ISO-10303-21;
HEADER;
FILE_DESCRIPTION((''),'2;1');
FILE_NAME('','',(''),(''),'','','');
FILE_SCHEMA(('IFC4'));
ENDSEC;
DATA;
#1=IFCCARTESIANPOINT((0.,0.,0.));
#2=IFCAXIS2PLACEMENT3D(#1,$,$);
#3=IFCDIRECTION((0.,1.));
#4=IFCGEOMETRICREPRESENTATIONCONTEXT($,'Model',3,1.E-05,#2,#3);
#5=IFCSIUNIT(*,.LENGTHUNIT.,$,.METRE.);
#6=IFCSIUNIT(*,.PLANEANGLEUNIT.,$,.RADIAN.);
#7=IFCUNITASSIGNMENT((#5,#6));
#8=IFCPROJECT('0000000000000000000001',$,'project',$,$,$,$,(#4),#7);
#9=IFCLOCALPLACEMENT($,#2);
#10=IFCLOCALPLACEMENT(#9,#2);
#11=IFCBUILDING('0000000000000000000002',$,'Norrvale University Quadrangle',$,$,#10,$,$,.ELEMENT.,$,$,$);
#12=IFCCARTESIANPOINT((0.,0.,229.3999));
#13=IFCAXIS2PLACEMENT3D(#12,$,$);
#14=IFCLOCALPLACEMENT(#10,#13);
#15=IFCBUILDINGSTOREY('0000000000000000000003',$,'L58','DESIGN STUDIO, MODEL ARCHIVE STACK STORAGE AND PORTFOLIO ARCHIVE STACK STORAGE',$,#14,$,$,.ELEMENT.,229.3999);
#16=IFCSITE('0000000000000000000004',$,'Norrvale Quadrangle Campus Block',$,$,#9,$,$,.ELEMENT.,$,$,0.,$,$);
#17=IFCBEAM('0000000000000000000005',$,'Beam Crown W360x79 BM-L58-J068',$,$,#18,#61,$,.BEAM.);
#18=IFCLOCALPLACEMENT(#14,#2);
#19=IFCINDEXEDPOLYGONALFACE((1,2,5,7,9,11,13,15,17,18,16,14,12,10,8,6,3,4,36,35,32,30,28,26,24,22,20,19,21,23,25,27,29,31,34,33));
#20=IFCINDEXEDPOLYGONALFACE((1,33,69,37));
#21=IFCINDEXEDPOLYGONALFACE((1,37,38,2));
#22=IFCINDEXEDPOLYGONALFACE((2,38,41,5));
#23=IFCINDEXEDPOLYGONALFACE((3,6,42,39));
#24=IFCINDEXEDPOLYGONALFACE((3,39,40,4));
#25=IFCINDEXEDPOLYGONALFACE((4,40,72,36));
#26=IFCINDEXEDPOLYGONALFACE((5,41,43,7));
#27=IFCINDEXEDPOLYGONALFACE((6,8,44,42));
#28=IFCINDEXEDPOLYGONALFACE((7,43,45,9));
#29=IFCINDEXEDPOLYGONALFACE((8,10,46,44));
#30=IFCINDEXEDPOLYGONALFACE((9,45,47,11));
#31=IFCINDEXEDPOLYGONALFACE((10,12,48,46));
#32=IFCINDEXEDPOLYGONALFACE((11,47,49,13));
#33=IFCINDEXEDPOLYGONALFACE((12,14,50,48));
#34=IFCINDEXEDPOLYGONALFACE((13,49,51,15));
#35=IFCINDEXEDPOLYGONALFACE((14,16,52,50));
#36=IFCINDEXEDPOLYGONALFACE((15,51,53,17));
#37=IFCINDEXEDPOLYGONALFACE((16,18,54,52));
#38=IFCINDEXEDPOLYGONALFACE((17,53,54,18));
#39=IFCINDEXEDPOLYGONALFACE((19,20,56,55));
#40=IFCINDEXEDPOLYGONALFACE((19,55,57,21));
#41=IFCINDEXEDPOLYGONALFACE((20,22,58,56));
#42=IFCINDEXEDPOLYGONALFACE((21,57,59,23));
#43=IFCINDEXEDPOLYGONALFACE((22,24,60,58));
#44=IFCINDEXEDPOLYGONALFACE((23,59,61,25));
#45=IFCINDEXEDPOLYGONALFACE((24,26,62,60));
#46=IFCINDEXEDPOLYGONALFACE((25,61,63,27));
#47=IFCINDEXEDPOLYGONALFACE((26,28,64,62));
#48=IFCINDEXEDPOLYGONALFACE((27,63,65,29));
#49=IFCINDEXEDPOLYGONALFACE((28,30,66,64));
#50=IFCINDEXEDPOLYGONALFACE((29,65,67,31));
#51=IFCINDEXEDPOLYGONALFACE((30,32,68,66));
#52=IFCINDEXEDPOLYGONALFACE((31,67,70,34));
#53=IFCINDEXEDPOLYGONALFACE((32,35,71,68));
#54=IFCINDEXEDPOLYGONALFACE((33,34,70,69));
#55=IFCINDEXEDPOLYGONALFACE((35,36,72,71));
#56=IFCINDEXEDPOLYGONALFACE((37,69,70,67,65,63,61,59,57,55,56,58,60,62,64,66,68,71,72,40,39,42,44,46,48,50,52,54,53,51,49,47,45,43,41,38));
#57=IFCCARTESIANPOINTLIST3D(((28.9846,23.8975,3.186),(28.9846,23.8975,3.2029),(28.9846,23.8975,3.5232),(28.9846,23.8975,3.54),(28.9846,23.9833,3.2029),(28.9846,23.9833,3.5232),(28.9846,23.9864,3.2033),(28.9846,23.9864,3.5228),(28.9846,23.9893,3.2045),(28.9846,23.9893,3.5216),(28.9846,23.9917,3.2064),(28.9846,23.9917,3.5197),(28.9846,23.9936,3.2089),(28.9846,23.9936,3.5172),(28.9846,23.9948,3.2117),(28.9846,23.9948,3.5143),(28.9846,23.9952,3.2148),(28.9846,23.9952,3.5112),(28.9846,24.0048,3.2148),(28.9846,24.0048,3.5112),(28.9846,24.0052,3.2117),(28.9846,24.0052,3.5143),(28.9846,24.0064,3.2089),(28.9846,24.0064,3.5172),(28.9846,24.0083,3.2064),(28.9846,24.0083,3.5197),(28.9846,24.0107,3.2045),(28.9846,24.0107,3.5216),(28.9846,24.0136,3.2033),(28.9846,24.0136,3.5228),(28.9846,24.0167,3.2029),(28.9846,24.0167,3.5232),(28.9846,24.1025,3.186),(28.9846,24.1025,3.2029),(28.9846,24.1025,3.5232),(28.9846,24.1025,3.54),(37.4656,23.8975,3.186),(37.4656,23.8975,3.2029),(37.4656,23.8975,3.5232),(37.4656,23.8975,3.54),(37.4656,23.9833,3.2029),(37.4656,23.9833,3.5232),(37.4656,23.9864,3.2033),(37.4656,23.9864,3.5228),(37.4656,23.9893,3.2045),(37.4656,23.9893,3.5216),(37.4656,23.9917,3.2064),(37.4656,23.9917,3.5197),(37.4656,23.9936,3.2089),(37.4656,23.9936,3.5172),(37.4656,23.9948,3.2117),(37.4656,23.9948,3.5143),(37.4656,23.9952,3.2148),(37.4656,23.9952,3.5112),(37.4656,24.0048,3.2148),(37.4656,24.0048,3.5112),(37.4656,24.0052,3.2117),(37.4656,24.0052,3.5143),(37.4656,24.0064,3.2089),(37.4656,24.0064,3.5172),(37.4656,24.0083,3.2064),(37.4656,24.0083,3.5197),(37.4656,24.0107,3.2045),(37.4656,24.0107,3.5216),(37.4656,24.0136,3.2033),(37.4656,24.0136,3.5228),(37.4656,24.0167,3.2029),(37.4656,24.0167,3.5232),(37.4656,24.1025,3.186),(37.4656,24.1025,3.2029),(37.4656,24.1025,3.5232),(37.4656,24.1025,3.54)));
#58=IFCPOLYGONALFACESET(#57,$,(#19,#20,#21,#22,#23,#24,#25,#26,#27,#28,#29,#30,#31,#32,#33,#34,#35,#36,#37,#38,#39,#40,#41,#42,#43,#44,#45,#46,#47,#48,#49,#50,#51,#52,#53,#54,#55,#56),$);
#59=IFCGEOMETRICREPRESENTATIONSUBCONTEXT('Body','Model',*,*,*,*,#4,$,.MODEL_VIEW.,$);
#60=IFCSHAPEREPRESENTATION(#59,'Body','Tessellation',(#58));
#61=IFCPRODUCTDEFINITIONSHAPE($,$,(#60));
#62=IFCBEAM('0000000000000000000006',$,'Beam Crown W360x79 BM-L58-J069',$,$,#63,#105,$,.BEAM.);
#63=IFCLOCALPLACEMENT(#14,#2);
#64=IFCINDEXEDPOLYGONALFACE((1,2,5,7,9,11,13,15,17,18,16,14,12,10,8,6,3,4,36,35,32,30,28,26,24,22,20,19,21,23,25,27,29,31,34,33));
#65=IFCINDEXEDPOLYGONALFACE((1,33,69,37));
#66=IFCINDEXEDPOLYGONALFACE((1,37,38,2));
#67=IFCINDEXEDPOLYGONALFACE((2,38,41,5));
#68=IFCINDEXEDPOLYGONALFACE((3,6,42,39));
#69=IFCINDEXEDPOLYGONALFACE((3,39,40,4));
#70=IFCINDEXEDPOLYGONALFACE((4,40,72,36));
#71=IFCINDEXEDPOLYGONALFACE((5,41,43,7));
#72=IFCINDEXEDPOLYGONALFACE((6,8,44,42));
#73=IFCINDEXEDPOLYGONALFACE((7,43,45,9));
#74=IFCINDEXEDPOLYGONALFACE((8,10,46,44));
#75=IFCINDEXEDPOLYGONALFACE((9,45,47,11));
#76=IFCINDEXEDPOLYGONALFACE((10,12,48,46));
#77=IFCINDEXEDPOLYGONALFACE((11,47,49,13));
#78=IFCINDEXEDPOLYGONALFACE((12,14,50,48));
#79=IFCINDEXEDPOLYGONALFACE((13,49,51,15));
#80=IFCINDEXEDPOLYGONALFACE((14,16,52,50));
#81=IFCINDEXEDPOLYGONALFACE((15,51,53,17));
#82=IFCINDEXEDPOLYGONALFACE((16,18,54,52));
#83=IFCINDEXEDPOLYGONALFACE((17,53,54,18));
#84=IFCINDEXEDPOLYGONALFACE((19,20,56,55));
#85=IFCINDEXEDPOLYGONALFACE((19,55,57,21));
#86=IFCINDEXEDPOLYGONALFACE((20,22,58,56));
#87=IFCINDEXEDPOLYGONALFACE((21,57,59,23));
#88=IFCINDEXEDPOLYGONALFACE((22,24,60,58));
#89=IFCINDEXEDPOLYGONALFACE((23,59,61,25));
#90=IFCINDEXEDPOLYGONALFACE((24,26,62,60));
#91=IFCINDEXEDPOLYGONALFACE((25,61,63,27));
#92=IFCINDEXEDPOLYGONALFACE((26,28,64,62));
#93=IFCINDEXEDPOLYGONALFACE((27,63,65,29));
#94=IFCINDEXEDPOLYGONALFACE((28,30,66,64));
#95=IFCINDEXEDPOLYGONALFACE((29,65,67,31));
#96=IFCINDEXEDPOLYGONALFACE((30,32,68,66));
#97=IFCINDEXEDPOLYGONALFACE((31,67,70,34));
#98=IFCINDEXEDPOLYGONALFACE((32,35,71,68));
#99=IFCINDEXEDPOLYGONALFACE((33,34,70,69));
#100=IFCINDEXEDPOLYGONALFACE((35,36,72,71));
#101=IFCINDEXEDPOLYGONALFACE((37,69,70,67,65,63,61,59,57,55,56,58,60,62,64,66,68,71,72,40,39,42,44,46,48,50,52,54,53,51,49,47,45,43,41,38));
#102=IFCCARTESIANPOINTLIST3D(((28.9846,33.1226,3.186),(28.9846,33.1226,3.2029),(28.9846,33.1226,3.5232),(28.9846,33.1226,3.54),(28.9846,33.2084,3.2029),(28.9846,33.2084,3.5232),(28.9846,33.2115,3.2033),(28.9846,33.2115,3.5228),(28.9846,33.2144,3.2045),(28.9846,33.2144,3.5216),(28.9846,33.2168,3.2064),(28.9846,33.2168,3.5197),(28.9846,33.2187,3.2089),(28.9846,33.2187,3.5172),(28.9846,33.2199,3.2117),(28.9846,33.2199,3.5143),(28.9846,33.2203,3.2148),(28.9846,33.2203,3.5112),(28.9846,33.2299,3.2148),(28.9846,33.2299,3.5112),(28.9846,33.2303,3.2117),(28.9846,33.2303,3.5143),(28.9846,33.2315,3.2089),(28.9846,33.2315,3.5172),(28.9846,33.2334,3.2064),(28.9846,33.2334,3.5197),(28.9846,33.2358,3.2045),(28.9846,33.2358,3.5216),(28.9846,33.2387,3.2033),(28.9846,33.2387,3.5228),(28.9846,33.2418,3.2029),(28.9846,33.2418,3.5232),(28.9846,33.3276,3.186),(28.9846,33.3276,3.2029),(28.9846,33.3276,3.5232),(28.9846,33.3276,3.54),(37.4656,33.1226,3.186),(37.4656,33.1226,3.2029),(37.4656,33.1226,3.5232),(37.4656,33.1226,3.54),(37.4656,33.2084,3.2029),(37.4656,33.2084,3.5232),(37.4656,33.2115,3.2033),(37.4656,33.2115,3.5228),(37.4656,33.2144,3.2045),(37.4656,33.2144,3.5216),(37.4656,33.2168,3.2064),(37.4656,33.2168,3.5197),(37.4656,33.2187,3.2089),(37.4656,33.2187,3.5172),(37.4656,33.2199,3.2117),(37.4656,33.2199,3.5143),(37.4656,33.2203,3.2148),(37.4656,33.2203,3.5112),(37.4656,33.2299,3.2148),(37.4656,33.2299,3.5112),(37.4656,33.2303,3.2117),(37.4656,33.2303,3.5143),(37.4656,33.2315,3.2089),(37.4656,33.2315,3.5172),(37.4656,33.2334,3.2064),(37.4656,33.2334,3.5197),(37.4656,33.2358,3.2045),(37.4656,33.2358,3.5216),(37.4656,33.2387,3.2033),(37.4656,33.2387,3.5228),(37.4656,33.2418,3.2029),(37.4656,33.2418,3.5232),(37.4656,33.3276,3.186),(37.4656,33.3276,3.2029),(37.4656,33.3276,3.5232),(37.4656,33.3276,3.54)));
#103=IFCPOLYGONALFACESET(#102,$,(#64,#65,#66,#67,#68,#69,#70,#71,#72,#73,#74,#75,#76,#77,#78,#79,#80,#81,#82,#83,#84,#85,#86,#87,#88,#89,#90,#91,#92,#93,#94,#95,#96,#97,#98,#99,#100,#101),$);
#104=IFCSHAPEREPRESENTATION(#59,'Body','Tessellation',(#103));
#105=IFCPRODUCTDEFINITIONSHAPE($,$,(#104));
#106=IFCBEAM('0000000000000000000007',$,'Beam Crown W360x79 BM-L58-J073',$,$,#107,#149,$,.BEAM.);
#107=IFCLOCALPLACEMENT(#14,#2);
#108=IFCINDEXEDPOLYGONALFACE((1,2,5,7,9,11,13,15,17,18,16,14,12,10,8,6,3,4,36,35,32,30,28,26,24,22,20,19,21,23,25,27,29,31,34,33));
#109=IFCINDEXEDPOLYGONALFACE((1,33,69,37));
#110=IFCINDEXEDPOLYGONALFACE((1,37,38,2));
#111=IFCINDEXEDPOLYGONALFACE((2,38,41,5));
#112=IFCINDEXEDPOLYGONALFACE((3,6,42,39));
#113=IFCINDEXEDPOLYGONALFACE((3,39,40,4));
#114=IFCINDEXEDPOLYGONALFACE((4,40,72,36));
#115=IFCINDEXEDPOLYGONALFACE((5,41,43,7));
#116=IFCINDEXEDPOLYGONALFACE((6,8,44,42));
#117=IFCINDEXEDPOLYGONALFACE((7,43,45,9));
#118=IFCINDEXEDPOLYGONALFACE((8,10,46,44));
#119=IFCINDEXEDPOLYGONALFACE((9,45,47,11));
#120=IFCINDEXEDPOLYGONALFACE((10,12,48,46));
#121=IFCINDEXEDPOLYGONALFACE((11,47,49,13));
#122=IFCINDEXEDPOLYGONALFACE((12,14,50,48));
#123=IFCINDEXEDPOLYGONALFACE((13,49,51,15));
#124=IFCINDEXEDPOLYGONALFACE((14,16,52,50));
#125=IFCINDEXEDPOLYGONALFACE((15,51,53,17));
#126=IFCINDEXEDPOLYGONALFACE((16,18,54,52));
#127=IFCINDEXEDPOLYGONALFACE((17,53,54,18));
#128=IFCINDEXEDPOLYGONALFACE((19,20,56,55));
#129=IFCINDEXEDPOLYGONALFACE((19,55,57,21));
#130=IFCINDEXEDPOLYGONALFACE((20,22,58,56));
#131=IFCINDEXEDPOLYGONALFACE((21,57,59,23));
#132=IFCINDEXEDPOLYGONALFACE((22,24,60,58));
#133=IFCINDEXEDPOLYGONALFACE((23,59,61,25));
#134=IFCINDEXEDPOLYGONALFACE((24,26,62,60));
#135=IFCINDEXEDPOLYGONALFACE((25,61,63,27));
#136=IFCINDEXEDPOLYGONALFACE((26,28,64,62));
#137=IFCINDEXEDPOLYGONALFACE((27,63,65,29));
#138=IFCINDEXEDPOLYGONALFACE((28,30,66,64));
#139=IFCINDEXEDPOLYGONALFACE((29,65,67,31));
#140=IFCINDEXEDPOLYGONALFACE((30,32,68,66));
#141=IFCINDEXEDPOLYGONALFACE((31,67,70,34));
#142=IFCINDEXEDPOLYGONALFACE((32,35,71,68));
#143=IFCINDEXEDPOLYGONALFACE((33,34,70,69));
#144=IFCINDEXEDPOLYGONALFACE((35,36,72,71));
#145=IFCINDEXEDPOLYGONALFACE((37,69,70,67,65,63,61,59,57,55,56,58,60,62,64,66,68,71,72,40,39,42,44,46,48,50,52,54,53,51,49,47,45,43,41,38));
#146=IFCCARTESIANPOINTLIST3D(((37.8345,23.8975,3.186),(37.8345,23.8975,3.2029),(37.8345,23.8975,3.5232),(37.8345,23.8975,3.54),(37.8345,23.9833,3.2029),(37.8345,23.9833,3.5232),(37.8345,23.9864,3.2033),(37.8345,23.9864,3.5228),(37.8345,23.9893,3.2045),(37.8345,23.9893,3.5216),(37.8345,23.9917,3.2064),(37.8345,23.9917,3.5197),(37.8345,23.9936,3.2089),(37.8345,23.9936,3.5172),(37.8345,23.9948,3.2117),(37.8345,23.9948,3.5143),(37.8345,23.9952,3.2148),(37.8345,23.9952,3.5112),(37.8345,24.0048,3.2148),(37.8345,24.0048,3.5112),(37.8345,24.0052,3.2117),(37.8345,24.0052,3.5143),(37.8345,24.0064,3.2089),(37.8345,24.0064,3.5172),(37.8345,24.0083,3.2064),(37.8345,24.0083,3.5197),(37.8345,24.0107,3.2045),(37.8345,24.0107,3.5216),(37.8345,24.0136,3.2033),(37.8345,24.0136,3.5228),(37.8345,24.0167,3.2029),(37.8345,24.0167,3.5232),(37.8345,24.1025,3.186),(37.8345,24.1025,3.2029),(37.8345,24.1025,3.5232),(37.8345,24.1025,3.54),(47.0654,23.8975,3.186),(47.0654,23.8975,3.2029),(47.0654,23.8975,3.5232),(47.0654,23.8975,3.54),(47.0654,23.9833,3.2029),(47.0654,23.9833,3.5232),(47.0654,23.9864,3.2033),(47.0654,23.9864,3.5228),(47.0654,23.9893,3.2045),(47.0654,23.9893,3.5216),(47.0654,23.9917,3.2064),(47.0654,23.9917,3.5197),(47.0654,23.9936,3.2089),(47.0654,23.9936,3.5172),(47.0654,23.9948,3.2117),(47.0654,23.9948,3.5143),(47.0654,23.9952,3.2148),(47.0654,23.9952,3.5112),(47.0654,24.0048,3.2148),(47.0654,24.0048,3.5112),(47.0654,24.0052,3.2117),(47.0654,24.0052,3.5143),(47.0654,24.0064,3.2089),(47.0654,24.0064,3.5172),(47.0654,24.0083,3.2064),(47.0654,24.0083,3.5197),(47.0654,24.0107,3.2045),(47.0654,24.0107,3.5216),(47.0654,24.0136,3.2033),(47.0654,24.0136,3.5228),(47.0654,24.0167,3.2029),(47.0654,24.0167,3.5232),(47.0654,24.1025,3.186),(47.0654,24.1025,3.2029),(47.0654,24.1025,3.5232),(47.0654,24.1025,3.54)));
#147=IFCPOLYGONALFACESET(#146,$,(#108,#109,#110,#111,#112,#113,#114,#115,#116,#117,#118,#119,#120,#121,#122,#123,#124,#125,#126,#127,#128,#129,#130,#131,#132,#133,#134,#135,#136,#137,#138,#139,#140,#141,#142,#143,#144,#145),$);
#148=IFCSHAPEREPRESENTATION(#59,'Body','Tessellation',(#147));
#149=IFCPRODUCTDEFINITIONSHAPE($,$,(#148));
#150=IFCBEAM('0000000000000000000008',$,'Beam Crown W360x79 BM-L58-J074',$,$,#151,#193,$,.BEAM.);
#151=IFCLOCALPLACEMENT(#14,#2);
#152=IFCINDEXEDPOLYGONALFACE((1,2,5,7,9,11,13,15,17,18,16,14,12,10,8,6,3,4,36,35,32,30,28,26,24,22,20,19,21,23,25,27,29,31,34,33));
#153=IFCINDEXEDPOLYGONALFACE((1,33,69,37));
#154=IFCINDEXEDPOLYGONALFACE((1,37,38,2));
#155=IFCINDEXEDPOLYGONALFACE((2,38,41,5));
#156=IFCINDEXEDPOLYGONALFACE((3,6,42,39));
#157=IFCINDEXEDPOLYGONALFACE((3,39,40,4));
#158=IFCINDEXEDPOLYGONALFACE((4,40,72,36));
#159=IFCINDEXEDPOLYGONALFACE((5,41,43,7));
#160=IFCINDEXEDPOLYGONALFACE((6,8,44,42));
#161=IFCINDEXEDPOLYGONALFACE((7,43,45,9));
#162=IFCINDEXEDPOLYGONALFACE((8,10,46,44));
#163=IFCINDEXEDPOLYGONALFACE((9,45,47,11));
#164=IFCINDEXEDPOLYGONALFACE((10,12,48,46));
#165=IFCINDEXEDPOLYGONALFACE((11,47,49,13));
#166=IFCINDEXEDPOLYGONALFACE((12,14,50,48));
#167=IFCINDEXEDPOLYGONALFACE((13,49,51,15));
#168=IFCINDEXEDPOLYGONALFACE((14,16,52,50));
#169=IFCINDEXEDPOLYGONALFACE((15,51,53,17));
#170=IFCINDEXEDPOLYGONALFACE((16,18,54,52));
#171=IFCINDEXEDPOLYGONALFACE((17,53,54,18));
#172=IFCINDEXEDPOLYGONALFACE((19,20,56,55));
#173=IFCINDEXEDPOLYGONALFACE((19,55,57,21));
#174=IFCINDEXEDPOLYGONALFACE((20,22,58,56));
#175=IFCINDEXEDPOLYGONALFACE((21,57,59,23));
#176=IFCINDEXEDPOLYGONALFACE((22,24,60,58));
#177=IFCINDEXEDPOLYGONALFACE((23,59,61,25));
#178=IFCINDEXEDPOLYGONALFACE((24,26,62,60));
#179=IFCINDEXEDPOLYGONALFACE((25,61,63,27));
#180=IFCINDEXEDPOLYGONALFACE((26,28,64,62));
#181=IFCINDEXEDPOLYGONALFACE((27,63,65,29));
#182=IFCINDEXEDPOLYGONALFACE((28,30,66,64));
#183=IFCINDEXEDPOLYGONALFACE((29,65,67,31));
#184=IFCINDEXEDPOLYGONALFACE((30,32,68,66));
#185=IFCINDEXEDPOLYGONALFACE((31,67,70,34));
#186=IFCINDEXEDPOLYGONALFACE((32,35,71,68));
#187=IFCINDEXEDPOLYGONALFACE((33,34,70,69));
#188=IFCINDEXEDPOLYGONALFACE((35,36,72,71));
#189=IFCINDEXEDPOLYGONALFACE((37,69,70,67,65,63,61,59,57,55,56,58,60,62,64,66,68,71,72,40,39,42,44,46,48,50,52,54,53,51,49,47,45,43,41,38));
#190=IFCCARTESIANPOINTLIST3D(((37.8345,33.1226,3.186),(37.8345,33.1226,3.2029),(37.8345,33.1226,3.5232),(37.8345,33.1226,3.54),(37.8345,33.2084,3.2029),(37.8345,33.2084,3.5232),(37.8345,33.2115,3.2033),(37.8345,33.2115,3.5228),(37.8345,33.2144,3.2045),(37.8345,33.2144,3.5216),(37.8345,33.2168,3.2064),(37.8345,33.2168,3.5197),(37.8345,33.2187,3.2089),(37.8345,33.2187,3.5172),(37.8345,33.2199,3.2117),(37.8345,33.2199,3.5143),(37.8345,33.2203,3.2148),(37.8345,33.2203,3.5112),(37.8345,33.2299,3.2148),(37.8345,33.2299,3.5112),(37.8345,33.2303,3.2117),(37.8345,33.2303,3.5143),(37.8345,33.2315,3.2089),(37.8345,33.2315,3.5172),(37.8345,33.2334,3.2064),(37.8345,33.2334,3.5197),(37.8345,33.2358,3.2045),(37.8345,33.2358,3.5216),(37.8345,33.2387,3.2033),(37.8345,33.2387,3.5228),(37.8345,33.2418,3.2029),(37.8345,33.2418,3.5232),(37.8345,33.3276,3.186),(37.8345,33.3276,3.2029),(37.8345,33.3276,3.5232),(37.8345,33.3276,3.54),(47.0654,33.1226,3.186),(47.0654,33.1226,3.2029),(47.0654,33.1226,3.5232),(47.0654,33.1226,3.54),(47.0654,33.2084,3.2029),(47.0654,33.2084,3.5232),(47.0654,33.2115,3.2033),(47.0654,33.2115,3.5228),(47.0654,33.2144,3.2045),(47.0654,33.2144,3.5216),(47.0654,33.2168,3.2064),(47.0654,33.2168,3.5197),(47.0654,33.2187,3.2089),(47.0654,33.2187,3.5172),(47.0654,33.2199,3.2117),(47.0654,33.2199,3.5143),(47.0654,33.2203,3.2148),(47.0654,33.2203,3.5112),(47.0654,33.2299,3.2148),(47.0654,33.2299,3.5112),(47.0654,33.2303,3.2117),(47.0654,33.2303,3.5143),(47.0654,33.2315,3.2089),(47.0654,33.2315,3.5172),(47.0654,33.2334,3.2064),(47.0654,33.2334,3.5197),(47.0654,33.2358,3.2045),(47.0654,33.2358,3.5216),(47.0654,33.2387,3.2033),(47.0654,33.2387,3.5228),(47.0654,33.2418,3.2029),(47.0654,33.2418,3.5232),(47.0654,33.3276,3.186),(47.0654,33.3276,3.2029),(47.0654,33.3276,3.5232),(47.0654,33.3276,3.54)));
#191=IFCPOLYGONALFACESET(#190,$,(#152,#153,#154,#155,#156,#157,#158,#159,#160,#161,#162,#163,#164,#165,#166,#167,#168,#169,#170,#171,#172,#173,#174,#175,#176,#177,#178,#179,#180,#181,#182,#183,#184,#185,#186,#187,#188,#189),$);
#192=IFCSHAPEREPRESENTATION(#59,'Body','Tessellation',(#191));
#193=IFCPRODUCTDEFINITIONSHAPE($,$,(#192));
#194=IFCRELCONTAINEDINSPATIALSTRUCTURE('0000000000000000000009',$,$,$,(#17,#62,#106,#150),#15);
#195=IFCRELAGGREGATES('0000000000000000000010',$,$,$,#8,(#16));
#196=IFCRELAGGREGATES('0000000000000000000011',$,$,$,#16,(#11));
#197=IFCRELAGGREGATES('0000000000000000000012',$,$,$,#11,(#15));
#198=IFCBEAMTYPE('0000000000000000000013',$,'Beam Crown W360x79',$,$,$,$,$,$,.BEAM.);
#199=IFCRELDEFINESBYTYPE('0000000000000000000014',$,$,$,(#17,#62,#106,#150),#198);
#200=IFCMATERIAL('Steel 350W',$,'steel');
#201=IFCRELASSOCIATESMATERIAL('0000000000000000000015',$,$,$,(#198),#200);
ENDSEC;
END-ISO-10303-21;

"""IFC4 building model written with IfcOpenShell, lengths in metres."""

from ifc_helpers import new_model, si_unit, direction, frame, origin, origin_2d, place, context, subcontext, project, spatial, i_section, extrude, material, material_profile, profile_set, type_object, element, save


model = new_model("IFC4")

# Units and contexts
model_context = context("Model", 3, precision=1e-05, world=origin(), true_north=direction((0.0, 1.0)))
body_context = subcontext(model_context, "Body", "Model", "MODEL_VIEW")
ifc_project = project(units=[si_unit("LENGTHUNIT", "METRE"), si_unit("PLANEANGLEUNIT", "RADIAN")], contexts=[model_context])

# Site, building, storey
site_placement = place(None, origin())
site = spatial("IfcSite", under=ifc_project, at=site_placement, Name="Norrvale Quadrangle Campus Block", CompositionType="ELEMENT", RefElevation=0.0)
building_placement = place(site_placement, origin())
building = spatial("IfcBuilding", under=site, at=building_placement, Name="Norrvale University Quadrangle", CompositionType="ELEMENT")
storey_placement = place(building_placement, frame((0.0, 0.0, 229.3999)))
storey = spatial("IfcBuildingStorey", under=building, at=storey_placement, Name="L58", Description="DESIGN STUDIO, MODEL ARCHIVE STACK STORAGE AND PORTFOLIO ARCHIVE STACK STORAGE", CompositionType="ELEMENT", Elevation=229.3999)

# Beams
ifc_material_1 = material(Name="Steel 350W", Category="steel")
ifc_material_profile_1 = material_profile(ifc_material_1, i_section(OverallWidth=0.2051, OverallDepth=0.354, WebThickness=0.0095, FlangeThickness=0.0168, FilletRadius=0.012, at=origin_2d()), Name="Steel 350W")
ifc_profile_set_1 = profile_set([ifc_material_profile_1], Name="Steel 350W")
beam_type_1 = type_object("IfcBeamType", Name="Beam Crown W360x79", PredefinedType="BEAM", material=ifc_profile_set_1)
for number, where, z_axis, x_axis, name in (
    (1, (28.9846, 24.0, 3.363), (1.0, 0.0, 0.0), (0.0, 1.0, 0.0), "Beam Crown W360x79 BM-L58-J068"),
    (2, (28.9846, 33.2251, 3.363), (1.0, 0.0, 0.0), (0.0, 1.0, 0.0), "Beam Crown W360x79 BM-L58-J069"),
):
    element("IfcBeam", number, at=place(storey_placement, frame(where, z_axis=z_axis, x_axis=x_axis)), inside=storey, type_object=beam_type_1, Name=name, PredefinedType="BEAM", context=body_context, shape_type="SweptSolid", body=[
        extrude(i_section(OverallWidth=0.2051, OverallDepth=0.354, WebThickness=0.0095, FlangeThickness=0.0168, FilletRadius=0.012, at=origin_2d()), origin(), (0.0, 0.0, 1.0), 8.481),
    ])
for number, where, z_axis, x_axis, name in (
    (3, (37.8345, 24.0, 3.363), (1.0, 0.0, 0.0), (0.0, 1.0, 0.0), "Beam Crown W360x79 BM-L58-J073"),
    (4, (37.8345, 33.2251, 3.363), (1.0, 0.0, 0.0), (0.0, 1.0, 0.0), "Beam Crown W360x79 BM-L58-J074"),
):
    element("IfcBeam", number, at=place(storey_placement, frame(where, z_axis=z_axis, x_axis=x_axis)), inside=storey, type_object=beam_type_1, Name=name, PredefinedType="BEAM", context=body_context, shape_type="SweptSolid", body=[
        extrude(i_section(OverallWidth=0.2051, OverallDepth=0.354, WebThickness=0.0095, FlangeThickness=0.0168, FilletRadius=0.012, at=origin_2d()), origin(), (0.0, 0.0, 1.0), 9.231),
    ])

save(model, "model.ifc")
